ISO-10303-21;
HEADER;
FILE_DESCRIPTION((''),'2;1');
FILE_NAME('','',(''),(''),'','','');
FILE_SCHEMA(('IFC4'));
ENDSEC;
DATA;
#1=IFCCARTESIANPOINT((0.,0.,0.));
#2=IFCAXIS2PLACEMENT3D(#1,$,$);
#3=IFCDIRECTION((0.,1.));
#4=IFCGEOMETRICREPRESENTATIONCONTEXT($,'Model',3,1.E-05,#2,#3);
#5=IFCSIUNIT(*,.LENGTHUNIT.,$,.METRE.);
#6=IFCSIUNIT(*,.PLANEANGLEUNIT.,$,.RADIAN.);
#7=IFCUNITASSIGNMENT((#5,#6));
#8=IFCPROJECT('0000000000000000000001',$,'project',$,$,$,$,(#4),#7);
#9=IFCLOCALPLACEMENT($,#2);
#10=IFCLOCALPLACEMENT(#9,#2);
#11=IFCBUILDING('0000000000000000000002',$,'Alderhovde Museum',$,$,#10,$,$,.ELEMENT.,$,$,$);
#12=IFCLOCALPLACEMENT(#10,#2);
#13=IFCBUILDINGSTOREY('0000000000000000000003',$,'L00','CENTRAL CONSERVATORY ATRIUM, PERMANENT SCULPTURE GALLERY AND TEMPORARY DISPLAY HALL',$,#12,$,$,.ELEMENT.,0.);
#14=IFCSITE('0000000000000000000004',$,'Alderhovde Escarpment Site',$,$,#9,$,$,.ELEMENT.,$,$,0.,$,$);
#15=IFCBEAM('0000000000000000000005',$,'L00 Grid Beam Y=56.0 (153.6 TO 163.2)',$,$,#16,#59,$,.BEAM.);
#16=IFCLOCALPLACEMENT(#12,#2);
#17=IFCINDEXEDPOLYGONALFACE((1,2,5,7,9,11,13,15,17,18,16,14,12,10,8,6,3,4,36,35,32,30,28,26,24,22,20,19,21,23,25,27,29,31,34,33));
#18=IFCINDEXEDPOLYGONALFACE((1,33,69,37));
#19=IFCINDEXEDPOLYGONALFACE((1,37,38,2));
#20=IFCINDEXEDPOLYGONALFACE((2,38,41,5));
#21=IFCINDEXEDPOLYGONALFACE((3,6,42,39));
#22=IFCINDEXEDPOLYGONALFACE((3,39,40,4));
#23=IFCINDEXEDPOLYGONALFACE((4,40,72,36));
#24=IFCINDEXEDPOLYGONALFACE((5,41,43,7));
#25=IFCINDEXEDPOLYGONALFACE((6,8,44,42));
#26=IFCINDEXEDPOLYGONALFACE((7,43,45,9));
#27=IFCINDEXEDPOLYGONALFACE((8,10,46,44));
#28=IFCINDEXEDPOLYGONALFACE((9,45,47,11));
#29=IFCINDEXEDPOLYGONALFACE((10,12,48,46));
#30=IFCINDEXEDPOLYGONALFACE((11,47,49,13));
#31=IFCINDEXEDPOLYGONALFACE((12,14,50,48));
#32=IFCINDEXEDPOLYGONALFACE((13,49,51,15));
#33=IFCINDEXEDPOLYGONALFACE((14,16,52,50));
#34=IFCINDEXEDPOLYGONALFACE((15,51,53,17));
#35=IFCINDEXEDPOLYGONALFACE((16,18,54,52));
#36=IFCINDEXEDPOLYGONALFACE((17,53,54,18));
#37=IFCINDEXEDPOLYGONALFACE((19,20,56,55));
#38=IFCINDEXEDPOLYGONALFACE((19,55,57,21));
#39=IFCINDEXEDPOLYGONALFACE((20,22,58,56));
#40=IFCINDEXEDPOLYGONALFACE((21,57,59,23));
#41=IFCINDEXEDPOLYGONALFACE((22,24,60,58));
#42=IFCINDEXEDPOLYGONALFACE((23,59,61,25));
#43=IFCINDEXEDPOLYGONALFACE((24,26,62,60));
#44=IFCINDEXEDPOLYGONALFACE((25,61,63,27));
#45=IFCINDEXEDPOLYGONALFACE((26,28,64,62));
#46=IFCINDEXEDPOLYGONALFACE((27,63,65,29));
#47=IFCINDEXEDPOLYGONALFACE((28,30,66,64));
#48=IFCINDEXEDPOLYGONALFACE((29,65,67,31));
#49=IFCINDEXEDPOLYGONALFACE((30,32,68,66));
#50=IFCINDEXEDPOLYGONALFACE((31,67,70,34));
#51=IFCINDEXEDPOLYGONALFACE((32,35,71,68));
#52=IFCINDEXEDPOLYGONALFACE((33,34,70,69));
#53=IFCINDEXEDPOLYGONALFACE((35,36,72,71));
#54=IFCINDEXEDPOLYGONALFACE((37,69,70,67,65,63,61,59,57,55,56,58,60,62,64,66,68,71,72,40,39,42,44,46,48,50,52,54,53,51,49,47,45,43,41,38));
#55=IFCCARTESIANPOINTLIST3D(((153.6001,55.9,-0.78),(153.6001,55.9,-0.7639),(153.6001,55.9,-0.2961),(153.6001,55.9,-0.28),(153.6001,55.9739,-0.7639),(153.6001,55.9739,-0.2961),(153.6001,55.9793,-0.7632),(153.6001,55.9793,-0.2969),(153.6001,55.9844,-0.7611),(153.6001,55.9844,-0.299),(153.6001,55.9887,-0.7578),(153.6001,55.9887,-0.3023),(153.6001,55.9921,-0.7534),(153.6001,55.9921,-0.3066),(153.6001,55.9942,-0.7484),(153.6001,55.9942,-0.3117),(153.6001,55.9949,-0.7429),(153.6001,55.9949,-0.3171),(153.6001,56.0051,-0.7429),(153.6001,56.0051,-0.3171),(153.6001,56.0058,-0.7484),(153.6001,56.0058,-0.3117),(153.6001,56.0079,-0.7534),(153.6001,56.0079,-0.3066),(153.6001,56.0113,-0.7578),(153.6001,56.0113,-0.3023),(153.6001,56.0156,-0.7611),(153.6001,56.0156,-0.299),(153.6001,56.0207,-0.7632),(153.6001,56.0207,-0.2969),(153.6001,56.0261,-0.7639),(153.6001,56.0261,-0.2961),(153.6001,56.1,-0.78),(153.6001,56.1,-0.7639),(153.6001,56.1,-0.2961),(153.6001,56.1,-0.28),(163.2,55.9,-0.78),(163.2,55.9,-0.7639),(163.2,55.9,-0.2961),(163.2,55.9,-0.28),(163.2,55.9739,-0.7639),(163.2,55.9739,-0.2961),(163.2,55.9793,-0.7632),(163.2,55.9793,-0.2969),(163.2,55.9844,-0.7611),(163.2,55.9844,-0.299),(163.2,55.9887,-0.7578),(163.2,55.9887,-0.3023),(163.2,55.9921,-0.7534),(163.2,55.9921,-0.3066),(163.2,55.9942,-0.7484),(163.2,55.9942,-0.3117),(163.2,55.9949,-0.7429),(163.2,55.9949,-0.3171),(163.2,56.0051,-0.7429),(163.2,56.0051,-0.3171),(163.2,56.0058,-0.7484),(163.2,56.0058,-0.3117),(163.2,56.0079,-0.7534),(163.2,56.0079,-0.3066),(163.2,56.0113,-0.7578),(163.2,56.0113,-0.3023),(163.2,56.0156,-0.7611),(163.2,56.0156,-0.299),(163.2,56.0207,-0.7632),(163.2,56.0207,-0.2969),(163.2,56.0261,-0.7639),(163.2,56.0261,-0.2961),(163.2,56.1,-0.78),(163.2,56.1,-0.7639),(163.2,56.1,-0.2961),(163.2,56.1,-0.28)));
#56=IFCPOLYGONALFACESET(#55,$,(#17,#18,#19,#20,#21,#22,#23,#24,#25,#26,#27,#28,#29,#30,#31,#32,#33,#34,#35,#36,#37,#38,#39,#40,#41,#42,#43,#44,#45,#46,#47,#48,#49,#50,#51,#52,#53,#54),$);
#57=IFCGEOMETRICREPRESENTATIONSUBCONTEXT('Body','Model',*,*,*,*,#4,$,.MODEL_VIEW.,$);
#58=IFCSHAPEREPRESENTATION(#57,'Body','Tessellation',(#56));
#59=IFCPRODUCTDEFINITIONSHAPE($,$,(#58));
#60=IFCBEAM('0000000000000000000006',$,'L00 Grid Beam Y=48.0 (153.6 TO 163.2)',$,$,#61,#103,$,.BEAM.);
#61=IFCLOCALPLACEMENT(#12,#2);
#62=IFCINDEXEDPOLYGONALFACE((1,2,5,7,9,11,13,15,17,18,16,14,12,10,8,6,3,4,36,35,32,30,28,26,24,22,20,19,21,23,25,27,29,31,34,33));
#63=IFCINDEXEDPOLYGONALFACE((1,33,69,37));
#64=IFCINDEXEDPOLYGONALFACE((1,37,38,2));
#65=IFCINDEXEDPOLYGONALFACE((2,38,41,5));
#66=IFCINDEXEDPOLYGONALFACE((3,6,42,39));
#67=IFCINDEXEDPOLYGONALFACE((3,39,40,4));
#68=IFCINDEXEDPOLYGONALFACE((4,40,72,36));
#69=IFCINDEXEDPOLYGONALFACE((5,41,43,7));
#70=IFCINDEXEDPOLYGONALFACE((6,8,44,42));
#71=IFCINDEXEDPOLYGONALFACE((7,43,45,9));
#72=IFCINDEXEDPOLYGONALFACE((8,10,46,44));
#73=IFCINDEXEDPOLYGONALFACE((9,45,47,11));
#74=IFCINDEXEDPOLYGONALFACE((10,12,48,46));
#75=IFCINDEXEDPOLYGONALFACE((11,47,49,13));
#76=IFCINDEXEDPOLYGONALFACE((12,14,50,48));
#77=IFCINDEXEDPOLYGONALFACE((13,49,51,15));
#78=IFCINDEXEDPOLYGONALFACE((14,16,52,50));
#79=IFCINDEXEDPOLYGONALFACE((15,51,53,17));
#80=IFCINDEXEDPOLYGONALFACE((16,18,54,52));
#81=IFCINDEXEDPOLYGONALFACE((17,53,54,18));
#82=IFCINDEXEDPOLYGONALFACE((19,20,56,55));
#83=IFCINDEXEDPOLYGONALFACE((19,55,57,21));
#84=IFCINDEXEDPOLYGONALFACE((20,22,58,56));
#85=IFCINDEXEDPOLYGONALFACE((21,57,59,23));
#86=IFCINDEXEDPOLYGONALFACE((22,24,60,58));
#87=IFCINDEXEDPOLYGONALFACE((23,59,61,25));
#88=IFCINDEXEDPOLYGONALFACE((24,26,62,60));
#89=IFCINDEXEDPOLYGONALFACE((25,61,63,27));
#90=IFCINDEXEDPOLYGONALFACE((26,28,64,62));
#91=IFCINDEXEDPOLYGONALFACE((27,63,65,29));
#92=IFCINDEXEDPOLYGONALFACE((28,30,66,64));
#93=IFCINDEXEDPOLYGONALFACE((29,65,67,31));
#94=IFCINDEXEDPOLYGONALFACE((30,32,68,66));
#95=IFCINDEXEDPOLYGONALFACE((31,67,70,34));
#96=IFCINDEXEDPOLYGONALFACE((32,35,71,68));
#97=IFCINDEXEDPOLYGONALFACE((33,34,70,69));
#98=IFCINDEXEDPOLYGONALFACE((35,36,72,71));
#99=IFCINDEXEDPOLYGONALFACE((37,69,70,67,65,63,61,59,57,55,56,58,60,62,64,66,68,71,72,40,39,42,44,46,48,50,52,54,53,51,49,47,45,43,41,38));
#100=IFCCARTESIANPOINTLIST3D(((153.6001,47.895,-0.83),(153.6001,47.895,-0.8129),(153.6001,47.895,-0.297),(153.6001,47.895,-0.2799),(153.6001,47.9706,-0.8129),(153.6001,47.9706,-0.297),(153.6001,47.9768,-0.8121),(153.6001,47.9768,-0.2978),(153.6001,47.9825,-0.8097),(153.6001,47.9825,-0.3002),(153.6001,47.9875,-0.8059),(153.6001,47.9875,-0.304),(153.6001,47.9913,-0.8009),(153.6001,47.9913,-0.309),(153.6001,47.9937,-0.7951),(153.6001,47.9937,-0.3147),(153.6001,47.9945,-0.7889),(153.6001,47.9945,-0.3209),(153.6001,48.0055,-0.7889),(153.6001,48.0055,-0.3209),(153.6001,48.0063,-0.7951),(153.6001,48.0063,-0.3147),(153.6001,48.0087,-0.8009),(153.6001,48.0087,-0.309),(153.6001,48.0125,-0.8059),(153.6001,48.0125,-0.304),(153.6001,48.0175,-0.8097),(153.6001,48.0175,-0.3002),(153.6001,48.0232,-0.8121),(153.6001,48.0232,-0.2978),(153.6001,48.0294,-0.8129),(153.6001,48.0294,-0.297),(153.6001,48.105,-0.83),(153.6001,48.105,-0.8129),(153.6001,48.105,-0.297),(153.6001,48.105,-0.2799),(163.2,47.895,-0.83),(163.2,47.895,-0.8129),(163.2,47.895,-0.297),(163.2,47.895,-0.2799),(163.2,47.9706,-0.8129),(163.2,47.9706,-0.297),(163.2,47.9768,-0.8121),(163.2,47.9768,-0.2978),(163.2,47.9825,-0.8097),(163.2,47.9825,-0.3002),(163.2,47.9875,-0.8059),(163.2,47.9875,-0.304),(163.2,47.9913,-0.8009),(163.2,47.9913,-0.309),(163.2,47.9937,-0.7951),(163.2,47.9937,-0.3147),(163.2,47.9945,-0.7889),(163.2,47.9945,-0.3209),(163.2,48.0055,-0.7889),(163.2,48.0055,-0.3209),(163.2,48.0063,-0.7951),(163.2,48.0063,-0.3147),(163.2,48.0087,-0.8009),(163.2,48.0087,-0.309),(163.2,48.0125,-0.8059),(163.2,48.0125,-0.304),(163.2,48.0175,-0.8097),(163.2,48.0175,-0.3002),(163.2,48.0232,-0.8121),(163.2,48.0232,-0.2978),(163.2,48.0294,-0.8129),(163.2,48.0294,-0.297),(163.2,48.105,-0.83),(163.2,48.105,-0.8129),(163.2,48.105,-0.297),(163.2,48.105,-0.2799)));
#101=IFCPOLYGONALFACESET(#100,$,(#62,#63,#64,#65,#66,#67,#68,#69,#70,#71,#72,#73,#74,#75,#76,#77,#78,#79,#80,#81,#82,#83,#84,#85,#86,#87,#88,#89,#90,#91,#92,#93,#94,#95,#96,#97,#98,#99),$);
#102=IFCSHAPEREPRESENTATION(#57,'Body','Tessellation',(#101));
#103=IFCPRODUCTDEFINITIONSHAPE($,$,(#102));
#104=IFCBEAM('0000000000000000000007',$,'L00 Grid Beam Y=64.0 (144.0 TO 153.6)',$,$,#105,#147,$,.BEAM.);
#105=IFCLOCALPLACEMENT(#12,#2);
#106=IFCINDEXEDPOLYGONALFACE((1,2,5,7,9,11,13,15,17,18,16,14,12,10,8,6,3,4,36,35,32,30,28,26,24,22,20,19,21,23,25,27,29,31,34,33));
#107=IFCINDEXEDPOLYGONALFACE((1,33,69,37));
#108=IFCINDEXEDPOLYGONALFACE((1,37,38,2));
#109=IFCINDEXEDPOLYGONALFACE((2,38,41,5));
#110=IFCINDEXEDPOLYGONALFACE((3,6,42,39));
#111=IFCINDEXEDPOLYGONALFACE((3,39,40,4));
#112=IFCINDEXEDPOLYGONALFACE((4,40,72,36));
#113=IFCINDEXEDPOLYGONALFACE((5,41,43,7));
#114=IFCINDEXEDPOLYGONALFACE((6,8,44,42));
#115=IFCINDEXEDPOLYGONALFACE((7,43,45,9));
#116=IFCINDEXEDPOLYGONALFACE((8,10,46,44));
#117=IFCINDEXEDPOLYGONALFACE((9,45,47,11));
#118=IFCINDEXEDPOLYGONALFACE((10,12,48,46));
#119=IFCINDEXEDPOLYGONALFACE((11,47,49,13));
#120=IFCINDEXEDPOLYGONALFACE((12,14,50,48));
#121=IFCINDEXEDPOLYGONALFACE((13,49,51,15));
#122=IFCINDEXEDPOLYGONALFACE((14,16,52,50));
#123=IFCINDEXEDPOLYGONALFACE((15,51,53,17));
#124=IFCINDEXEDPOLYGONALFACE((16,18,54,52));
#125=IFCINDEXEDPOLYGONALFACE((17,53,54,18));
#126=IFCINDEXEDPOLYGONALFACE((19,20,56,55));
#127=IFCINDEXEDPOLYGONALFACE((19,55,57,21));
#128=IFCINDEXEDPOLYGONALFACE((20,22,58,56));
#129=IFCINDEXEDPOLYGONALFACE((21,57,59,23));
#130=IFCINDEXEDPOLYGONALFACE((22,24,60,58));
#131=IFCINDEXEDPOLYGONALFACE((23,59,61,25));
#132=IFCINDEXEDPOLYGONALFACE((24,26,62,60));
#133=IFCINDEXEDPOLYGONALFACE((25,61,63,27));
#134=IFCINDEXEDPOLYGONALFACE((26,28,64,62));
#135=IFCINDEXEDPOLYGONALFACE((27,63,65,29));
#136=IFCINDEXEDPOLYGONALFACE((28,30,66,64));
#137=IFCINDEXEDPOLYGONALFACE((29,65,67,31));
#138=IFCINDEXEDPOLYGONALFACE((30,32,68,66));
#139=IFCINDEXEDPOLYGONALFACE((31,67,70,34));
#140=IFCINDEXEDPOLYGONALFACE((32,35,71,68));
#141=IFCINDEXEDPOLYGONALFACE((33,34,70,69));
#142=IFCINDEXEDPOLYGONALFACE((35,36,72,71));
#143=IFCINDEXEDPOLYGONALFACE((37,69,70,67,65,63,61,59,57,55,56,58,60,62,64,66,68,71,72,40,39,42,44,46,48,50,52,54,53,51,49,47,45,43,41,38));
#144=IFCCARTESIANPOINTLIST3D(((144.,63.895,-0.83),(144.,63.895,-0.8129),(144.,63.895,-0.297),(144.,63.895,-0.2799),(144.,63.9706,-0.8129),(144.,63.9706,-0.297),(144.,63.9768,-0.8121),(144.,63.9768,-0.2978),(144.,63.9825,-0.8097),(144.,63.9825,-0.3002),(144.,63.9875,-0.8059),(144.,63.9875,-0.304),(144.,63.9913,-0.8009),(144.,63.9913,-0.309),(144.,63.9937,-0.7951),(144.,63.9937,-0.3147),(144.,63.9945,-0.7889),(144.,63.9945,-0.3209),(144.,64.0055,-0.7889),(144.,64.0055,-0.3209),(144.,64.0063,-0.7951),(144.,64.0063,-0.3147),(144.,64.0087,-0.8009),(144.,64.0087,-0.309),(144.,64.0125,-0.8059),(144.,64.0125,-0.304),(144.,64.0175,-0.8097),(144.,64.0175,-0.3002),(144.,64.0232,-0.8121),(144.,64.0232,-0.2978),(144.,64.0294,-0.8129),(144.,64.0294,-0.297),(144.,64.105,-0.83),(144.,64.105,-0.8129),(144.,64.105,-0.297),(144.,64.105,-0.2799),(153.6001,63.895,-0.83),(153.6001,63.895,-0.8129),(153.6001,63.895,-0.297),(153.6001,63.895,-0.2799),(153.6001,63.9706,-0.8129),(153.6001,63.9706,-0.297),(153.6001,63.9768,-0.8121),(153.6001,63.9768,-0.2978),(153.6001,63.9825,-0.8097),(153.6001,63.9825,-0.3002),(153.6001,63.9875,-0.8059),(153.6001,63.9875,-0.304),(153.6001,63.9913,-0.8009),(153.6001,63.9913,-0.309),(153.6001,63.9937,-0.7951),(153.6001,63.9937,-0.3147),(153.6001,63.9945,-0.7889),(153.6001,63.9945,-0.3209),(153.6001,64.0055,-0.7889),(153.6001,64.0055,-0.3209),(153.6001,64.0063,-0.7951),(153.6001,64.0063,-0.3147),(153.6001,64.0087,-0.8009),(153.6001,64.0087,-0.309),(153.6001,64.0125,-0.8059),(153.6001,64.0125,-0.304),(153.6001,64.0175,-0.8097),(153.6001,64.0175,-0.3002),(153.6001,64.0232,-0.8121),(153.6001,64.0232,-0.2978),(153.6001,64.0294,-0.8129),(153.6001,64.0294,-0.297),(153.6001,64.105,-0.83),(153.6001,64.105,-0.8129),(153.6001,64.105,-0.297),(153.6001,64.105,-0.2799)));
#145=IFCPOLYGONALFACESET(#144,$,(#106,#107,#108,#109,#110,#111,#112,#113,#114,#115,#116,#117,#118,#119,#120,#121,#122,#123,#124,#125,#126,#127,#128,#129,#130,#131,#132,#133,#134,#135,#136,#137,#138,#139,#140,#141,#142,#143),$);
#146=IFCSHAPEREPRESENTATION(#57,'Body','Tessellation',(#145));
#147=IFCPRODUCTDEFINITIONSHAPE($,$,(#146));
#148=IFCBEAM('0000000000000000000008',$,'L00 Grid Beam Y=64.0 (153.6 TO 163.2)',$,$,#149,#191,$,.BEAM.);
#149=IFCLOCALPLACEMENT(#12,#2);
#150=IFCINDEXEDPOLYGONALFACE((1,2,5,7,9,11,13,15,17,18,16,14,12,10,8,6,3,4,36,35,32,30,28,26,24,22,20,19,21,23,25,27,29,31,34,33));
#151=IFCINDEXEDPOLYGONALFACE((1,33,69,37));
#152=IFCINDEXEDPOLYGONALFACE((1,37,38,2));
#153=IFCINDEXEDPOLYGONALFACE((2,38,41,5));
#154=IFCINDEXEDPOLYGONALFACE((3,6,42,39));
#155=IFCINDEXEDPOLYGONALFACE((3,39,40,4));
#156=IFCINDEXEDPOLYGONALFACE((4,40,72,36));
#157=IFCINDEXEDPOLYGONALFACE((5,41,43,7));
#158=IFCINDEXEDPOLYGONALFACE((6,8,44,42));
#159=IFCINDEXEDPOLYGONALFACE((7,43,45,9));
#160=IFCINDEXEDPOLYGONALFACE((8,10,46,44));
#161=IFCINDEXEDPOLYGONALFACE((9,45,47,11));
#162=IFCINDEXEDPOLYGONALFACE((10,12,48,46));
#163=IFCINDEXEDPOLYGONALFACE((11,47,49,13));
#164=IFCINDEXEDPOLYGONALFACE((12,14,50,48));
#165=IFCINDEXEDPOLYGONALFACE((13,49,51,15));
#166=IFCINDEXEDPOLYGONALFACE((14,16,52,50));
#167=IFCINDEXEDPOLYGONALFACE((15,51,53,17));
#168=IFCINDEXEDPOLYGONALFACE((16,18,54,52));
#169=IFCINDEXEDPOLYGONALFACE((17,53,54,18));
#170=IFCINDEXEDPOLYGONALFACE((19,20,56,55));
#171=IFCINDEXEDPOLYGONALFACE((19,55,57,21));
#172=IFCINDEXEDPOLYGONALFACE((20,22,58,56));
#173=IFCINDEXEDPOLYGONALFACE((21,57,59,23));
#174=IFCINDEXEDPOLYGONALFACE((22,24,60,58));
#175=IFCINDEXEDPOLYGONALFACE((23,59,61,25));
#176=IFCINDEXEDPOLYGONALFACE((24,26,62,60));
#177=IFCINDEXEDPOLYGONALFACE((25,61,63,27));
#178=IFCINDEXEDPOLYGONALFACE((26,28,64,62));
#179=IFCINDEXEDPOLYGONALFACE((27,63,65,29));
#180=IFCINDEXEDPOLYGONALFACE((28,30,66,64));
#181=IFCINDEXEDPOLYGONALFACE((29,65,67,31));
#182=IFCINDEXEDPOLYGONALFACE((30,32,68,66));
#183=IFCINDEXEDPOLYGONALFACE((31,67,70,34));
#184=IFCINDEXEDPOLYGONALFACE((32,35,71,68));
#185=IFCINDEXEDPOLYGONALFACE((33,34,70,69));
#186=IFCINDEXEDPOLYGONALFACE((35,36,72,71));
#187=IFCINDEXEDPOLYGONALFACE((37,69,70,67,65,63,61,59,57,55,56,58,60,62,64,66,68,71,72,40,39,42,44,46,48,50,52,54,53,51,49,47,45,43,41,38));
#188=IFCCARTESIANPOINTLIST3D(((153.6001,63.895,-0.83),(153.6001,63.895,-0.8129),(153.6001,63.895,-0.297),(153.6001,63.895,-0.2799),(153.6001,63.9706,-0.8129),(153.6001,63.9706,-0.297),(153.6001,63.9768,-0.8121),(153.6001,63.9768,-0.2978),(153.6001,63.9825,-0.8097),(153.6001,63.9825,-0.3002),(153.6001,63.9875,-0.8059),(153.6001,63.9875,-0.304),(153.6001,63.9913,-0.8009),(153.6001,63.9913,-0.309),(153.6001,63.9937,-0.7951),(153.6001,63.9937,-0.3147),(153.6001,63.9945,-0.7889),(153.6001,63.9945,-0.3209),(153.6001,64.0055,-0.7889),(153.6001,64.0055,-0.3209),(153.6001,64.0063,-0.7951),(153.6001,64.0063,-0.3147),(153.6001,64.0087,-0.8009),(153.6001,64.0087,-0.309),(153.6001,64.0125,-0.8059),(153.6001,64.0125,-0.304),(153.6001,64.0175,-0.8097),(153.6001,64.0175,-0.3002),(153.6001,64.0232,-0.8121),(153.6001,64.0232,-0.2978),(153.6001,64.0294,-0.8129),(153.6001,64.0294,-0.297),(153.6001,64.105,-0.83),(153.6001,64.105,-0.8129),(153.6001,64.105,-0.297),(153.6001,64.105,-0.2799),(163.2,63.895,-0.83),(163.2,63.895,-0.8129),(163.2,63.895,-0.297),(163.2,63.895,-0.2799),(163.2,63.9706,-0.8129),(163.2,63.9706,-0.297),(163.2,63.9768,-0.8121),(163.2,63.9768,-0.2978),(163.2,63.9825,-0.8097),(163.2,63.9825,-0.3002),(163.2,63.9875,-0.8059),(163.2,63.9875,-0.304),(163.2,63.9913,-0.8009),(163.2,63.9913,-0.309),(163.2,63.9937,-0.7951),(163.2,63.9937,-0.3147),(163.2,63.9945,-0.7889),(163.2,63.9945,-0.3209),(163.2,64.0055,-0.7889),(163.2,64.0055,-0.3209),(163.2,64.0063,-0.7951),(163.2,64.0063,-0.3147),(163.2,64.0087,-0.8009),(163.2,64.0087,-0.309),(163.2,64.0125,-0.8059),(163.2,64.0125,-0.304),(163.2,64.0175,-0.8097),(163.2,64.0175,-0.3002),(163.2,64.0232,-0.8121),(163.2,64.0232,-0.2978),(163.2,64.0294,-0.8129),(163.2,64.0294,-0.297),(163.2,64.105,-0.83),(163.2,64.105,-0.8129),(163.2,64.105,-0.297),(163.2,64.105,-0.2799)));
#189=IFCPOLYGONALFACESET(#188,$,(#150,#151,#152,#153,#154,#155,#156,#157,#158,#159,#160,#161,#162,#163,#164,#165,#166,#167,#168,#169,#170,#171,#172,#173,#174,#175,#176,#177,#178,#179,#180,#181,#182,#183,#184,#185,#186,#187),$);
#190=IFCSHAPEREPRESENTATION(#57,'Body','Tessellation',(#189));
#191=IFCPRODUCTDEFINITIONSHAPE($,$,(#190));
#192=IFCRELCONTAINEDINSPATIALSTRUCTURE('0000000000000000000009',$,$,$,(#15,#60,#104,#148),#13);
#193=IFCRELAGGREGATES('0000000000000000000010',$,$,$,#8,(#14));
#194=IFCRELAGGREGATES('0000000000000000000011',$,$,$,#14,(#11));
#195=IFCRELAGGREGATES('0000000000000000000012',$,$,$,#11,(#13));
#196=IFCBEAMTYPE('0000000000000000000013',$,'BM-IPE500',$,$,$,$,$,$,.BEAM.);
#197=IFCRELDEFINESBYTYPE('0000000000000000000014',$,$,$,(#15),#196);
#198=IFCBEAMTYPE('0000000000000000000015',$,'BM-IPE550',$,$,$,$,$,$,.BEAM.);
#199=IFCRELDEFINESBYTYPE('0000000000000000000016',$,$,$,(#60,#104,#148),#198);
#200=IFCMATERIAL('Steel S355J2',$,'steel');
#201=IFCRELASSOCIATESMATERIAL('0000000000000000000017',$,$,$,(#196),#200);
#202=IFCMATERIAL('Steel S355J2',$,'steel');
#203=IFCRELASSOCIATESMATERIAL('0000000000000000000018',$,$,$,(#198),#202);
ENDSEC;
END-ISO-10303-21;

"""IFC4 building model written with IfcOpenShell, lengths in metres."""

from ifc_helpers import new_model, si_unit, direction, frame, origin, origin_2d, place, context, subcontext, project, spatial, i_section, extrude, material, material_profile, profile_set, type_object, element, save


model = new_model("IFC4")

# Units and contexts
model_context = context("Model", 3, precision=1e-05, world=origin(), true_north=direction((0.0, 1.0)))
body_context = subcontext(model_context, "Body", "Model", "MODEL_VIEW")
ifc_project = project(units=[si_unit("LENGTHUNIT", "METRE"), si_unit("PLANEANGLEUNIT", "RADIAN")], contexts=[model_context])

# Site, building, storey
site_placement = place(None, origin())
site = spatial("IfcSite", under=ifc_project, at=site_placement, Name="Alderhovde Escarpment Site", CompositionType="ELEMENT", RefElevation=0.0)
building_placement = place(site_placement, origin())
building = spatial("IfcBuilding", under=site, at=building_placement, Name="Alderhovde Museum", CompositionType="ELEMENT")
storey_placement = place(building_placement, origin())
storey = spatial("IfcBuildingStorey", under=building, at=storey_placement, Name="L00", Description="CENTRAL CONSERVATORY ATRIUM, PERMANENT SCULPTURE GALLERY AND TEMPORARY DISPLAY HALL", CompositionType="ELEMENT", Elevation=0.0)

# Beams
ifc_material_1 = material(Name="Steel S355J2", Category="steel")
ifc_material_profile_1 = material_profile(ifc_material_1, i_section(OverallWidth=0.2, OverallDepth=0.5, WebThickness=0.0103, FlangeThickness=0.0161, FilletRadius=0.021, at=origin_2d()), Name="IPE 500")
ifc_profile_set_1 = profile_set([ifc_material_profile_1], Name="Steel S355J2")
beam_type_1 = type_object("IfcBeamType", Name="BM-IPE500", PredefinedType="BEAM", material=ifc_profile_set_1)
beam_1_placement = place(storey_placement, frame((153.6001, 56.0, -0.53), z_axis=(1.0, 0.0, 0.0), x_axis=(0.0, 1.0, 0.0)))
element("IfcBeam", 1, at=beam_1_placement, inside=storey, type_object=beam_type_1, Name="L00 Grid Beam Y=56.0 (153.6 TO 163.2)", PredefinedType="BEAM", context=body_context, shape_type="SweptSolid", body=[
    extrude(i_section(OverallWidth=0.2, OverallDepth=0.5, WebThickness=0.0103, FlangeThickness=0.0161, FilletRadius=0.021, at=origin_2d()), origin(), (0.0, 0.0, 1.0), 9.5999),
])
ifc_material_2 = material(Name="Steel S355J2", Category="steel")
ifc_material_profile_2 = material_profile(ifc_material_2, i_section(OverallWidth=0.21, OverallDepth=0.55, WebThickness=0.011, FlangeThickness=0.0171, FilletRadius=0.0239, at=origin_2d()), Name="IPE 550")
ifc_profile_set_2 = profile_set([ifc_material_profile_2], Name="Steel S355J2")
beam_type_2 = type_object("IfcBeamType", Name="BM-IPE550", PredefinedType="BEAM", material=ifc_profile_set_2)
beam_2_placement = place(storey_placement, frame((153.6001, 48.0, -0.5549), z_axis=(1.0, 0.0, 0.0), x_axis=(0.0, 1.0, 0.0)))
element("IfcBeam", 2, at=beam_2_placement, inside=storey, type_object=beam_type_2, Name="L00 Grid Beam Y=48.0 (153.6 TO 163.2)", PredefinedType="BEAM", context=body_context, shape_type="SweptSolid", body=[
    extrude(i_section(OverallWidth=0.21, OverallDepth=0.55, WebThickness=0.011, FlangeThickness=0.0171, FilletRadius=0.0239, at=origin_2d()), origin(), (0.0, 0.0, 1.0), 9.5999),
])
beam_3_placement = place(storey_placement, frame((144.0, 64.0, -0.5549), z_axis=(1.0, 0.0, 0.0), x_axis=(0.0, 1.0, 0.0)))
element("IfcBeam", 3, at=beam_3_placement, inside=storey, type_object=beam_type_2, Name="L00 Grid Beam Y=64.0 (144.0 TO 153.6)", PredefinedType="BEAM", context=body_context, shape_type="SweptSolid", body=[
    extrude(i_section(OverallWidth=0.21, OverallDepth=0.55, WebThickness=0.011, FlangeThickness=0.0171, FilletRadius=0.0239, at=origin_2d()), origin(), (0.0, 0.0, 1.0), 9.6001),
])
beam_4_placement = place(storey_placement, frame((153.6001, 64.0, -0.5549), z_axis=(1.0, 0.0, 0.0), x_axis=(0.0, 1.0, 0.0)))
element("IfcBeam", 4, at=beam_4_placement, inside=storey, type_object=beam_type_2, Name="L00 Grid Beam Y=64.0 (153.6 TO 163.2)", PredefinedType="BEAM", context=body_context, shape_type="SweptSolid", body=[
    extrude(i_section(OverallWidth=0.21, OverallDepth=0.55, WebThickness=0.011, FlangeThickness=0.0171, FilletRadius=0.0239, at=origin_2d()), origin(), (0.0, 0.0, 1.0), 9.5999),
])

save(model, "model.ifc")
